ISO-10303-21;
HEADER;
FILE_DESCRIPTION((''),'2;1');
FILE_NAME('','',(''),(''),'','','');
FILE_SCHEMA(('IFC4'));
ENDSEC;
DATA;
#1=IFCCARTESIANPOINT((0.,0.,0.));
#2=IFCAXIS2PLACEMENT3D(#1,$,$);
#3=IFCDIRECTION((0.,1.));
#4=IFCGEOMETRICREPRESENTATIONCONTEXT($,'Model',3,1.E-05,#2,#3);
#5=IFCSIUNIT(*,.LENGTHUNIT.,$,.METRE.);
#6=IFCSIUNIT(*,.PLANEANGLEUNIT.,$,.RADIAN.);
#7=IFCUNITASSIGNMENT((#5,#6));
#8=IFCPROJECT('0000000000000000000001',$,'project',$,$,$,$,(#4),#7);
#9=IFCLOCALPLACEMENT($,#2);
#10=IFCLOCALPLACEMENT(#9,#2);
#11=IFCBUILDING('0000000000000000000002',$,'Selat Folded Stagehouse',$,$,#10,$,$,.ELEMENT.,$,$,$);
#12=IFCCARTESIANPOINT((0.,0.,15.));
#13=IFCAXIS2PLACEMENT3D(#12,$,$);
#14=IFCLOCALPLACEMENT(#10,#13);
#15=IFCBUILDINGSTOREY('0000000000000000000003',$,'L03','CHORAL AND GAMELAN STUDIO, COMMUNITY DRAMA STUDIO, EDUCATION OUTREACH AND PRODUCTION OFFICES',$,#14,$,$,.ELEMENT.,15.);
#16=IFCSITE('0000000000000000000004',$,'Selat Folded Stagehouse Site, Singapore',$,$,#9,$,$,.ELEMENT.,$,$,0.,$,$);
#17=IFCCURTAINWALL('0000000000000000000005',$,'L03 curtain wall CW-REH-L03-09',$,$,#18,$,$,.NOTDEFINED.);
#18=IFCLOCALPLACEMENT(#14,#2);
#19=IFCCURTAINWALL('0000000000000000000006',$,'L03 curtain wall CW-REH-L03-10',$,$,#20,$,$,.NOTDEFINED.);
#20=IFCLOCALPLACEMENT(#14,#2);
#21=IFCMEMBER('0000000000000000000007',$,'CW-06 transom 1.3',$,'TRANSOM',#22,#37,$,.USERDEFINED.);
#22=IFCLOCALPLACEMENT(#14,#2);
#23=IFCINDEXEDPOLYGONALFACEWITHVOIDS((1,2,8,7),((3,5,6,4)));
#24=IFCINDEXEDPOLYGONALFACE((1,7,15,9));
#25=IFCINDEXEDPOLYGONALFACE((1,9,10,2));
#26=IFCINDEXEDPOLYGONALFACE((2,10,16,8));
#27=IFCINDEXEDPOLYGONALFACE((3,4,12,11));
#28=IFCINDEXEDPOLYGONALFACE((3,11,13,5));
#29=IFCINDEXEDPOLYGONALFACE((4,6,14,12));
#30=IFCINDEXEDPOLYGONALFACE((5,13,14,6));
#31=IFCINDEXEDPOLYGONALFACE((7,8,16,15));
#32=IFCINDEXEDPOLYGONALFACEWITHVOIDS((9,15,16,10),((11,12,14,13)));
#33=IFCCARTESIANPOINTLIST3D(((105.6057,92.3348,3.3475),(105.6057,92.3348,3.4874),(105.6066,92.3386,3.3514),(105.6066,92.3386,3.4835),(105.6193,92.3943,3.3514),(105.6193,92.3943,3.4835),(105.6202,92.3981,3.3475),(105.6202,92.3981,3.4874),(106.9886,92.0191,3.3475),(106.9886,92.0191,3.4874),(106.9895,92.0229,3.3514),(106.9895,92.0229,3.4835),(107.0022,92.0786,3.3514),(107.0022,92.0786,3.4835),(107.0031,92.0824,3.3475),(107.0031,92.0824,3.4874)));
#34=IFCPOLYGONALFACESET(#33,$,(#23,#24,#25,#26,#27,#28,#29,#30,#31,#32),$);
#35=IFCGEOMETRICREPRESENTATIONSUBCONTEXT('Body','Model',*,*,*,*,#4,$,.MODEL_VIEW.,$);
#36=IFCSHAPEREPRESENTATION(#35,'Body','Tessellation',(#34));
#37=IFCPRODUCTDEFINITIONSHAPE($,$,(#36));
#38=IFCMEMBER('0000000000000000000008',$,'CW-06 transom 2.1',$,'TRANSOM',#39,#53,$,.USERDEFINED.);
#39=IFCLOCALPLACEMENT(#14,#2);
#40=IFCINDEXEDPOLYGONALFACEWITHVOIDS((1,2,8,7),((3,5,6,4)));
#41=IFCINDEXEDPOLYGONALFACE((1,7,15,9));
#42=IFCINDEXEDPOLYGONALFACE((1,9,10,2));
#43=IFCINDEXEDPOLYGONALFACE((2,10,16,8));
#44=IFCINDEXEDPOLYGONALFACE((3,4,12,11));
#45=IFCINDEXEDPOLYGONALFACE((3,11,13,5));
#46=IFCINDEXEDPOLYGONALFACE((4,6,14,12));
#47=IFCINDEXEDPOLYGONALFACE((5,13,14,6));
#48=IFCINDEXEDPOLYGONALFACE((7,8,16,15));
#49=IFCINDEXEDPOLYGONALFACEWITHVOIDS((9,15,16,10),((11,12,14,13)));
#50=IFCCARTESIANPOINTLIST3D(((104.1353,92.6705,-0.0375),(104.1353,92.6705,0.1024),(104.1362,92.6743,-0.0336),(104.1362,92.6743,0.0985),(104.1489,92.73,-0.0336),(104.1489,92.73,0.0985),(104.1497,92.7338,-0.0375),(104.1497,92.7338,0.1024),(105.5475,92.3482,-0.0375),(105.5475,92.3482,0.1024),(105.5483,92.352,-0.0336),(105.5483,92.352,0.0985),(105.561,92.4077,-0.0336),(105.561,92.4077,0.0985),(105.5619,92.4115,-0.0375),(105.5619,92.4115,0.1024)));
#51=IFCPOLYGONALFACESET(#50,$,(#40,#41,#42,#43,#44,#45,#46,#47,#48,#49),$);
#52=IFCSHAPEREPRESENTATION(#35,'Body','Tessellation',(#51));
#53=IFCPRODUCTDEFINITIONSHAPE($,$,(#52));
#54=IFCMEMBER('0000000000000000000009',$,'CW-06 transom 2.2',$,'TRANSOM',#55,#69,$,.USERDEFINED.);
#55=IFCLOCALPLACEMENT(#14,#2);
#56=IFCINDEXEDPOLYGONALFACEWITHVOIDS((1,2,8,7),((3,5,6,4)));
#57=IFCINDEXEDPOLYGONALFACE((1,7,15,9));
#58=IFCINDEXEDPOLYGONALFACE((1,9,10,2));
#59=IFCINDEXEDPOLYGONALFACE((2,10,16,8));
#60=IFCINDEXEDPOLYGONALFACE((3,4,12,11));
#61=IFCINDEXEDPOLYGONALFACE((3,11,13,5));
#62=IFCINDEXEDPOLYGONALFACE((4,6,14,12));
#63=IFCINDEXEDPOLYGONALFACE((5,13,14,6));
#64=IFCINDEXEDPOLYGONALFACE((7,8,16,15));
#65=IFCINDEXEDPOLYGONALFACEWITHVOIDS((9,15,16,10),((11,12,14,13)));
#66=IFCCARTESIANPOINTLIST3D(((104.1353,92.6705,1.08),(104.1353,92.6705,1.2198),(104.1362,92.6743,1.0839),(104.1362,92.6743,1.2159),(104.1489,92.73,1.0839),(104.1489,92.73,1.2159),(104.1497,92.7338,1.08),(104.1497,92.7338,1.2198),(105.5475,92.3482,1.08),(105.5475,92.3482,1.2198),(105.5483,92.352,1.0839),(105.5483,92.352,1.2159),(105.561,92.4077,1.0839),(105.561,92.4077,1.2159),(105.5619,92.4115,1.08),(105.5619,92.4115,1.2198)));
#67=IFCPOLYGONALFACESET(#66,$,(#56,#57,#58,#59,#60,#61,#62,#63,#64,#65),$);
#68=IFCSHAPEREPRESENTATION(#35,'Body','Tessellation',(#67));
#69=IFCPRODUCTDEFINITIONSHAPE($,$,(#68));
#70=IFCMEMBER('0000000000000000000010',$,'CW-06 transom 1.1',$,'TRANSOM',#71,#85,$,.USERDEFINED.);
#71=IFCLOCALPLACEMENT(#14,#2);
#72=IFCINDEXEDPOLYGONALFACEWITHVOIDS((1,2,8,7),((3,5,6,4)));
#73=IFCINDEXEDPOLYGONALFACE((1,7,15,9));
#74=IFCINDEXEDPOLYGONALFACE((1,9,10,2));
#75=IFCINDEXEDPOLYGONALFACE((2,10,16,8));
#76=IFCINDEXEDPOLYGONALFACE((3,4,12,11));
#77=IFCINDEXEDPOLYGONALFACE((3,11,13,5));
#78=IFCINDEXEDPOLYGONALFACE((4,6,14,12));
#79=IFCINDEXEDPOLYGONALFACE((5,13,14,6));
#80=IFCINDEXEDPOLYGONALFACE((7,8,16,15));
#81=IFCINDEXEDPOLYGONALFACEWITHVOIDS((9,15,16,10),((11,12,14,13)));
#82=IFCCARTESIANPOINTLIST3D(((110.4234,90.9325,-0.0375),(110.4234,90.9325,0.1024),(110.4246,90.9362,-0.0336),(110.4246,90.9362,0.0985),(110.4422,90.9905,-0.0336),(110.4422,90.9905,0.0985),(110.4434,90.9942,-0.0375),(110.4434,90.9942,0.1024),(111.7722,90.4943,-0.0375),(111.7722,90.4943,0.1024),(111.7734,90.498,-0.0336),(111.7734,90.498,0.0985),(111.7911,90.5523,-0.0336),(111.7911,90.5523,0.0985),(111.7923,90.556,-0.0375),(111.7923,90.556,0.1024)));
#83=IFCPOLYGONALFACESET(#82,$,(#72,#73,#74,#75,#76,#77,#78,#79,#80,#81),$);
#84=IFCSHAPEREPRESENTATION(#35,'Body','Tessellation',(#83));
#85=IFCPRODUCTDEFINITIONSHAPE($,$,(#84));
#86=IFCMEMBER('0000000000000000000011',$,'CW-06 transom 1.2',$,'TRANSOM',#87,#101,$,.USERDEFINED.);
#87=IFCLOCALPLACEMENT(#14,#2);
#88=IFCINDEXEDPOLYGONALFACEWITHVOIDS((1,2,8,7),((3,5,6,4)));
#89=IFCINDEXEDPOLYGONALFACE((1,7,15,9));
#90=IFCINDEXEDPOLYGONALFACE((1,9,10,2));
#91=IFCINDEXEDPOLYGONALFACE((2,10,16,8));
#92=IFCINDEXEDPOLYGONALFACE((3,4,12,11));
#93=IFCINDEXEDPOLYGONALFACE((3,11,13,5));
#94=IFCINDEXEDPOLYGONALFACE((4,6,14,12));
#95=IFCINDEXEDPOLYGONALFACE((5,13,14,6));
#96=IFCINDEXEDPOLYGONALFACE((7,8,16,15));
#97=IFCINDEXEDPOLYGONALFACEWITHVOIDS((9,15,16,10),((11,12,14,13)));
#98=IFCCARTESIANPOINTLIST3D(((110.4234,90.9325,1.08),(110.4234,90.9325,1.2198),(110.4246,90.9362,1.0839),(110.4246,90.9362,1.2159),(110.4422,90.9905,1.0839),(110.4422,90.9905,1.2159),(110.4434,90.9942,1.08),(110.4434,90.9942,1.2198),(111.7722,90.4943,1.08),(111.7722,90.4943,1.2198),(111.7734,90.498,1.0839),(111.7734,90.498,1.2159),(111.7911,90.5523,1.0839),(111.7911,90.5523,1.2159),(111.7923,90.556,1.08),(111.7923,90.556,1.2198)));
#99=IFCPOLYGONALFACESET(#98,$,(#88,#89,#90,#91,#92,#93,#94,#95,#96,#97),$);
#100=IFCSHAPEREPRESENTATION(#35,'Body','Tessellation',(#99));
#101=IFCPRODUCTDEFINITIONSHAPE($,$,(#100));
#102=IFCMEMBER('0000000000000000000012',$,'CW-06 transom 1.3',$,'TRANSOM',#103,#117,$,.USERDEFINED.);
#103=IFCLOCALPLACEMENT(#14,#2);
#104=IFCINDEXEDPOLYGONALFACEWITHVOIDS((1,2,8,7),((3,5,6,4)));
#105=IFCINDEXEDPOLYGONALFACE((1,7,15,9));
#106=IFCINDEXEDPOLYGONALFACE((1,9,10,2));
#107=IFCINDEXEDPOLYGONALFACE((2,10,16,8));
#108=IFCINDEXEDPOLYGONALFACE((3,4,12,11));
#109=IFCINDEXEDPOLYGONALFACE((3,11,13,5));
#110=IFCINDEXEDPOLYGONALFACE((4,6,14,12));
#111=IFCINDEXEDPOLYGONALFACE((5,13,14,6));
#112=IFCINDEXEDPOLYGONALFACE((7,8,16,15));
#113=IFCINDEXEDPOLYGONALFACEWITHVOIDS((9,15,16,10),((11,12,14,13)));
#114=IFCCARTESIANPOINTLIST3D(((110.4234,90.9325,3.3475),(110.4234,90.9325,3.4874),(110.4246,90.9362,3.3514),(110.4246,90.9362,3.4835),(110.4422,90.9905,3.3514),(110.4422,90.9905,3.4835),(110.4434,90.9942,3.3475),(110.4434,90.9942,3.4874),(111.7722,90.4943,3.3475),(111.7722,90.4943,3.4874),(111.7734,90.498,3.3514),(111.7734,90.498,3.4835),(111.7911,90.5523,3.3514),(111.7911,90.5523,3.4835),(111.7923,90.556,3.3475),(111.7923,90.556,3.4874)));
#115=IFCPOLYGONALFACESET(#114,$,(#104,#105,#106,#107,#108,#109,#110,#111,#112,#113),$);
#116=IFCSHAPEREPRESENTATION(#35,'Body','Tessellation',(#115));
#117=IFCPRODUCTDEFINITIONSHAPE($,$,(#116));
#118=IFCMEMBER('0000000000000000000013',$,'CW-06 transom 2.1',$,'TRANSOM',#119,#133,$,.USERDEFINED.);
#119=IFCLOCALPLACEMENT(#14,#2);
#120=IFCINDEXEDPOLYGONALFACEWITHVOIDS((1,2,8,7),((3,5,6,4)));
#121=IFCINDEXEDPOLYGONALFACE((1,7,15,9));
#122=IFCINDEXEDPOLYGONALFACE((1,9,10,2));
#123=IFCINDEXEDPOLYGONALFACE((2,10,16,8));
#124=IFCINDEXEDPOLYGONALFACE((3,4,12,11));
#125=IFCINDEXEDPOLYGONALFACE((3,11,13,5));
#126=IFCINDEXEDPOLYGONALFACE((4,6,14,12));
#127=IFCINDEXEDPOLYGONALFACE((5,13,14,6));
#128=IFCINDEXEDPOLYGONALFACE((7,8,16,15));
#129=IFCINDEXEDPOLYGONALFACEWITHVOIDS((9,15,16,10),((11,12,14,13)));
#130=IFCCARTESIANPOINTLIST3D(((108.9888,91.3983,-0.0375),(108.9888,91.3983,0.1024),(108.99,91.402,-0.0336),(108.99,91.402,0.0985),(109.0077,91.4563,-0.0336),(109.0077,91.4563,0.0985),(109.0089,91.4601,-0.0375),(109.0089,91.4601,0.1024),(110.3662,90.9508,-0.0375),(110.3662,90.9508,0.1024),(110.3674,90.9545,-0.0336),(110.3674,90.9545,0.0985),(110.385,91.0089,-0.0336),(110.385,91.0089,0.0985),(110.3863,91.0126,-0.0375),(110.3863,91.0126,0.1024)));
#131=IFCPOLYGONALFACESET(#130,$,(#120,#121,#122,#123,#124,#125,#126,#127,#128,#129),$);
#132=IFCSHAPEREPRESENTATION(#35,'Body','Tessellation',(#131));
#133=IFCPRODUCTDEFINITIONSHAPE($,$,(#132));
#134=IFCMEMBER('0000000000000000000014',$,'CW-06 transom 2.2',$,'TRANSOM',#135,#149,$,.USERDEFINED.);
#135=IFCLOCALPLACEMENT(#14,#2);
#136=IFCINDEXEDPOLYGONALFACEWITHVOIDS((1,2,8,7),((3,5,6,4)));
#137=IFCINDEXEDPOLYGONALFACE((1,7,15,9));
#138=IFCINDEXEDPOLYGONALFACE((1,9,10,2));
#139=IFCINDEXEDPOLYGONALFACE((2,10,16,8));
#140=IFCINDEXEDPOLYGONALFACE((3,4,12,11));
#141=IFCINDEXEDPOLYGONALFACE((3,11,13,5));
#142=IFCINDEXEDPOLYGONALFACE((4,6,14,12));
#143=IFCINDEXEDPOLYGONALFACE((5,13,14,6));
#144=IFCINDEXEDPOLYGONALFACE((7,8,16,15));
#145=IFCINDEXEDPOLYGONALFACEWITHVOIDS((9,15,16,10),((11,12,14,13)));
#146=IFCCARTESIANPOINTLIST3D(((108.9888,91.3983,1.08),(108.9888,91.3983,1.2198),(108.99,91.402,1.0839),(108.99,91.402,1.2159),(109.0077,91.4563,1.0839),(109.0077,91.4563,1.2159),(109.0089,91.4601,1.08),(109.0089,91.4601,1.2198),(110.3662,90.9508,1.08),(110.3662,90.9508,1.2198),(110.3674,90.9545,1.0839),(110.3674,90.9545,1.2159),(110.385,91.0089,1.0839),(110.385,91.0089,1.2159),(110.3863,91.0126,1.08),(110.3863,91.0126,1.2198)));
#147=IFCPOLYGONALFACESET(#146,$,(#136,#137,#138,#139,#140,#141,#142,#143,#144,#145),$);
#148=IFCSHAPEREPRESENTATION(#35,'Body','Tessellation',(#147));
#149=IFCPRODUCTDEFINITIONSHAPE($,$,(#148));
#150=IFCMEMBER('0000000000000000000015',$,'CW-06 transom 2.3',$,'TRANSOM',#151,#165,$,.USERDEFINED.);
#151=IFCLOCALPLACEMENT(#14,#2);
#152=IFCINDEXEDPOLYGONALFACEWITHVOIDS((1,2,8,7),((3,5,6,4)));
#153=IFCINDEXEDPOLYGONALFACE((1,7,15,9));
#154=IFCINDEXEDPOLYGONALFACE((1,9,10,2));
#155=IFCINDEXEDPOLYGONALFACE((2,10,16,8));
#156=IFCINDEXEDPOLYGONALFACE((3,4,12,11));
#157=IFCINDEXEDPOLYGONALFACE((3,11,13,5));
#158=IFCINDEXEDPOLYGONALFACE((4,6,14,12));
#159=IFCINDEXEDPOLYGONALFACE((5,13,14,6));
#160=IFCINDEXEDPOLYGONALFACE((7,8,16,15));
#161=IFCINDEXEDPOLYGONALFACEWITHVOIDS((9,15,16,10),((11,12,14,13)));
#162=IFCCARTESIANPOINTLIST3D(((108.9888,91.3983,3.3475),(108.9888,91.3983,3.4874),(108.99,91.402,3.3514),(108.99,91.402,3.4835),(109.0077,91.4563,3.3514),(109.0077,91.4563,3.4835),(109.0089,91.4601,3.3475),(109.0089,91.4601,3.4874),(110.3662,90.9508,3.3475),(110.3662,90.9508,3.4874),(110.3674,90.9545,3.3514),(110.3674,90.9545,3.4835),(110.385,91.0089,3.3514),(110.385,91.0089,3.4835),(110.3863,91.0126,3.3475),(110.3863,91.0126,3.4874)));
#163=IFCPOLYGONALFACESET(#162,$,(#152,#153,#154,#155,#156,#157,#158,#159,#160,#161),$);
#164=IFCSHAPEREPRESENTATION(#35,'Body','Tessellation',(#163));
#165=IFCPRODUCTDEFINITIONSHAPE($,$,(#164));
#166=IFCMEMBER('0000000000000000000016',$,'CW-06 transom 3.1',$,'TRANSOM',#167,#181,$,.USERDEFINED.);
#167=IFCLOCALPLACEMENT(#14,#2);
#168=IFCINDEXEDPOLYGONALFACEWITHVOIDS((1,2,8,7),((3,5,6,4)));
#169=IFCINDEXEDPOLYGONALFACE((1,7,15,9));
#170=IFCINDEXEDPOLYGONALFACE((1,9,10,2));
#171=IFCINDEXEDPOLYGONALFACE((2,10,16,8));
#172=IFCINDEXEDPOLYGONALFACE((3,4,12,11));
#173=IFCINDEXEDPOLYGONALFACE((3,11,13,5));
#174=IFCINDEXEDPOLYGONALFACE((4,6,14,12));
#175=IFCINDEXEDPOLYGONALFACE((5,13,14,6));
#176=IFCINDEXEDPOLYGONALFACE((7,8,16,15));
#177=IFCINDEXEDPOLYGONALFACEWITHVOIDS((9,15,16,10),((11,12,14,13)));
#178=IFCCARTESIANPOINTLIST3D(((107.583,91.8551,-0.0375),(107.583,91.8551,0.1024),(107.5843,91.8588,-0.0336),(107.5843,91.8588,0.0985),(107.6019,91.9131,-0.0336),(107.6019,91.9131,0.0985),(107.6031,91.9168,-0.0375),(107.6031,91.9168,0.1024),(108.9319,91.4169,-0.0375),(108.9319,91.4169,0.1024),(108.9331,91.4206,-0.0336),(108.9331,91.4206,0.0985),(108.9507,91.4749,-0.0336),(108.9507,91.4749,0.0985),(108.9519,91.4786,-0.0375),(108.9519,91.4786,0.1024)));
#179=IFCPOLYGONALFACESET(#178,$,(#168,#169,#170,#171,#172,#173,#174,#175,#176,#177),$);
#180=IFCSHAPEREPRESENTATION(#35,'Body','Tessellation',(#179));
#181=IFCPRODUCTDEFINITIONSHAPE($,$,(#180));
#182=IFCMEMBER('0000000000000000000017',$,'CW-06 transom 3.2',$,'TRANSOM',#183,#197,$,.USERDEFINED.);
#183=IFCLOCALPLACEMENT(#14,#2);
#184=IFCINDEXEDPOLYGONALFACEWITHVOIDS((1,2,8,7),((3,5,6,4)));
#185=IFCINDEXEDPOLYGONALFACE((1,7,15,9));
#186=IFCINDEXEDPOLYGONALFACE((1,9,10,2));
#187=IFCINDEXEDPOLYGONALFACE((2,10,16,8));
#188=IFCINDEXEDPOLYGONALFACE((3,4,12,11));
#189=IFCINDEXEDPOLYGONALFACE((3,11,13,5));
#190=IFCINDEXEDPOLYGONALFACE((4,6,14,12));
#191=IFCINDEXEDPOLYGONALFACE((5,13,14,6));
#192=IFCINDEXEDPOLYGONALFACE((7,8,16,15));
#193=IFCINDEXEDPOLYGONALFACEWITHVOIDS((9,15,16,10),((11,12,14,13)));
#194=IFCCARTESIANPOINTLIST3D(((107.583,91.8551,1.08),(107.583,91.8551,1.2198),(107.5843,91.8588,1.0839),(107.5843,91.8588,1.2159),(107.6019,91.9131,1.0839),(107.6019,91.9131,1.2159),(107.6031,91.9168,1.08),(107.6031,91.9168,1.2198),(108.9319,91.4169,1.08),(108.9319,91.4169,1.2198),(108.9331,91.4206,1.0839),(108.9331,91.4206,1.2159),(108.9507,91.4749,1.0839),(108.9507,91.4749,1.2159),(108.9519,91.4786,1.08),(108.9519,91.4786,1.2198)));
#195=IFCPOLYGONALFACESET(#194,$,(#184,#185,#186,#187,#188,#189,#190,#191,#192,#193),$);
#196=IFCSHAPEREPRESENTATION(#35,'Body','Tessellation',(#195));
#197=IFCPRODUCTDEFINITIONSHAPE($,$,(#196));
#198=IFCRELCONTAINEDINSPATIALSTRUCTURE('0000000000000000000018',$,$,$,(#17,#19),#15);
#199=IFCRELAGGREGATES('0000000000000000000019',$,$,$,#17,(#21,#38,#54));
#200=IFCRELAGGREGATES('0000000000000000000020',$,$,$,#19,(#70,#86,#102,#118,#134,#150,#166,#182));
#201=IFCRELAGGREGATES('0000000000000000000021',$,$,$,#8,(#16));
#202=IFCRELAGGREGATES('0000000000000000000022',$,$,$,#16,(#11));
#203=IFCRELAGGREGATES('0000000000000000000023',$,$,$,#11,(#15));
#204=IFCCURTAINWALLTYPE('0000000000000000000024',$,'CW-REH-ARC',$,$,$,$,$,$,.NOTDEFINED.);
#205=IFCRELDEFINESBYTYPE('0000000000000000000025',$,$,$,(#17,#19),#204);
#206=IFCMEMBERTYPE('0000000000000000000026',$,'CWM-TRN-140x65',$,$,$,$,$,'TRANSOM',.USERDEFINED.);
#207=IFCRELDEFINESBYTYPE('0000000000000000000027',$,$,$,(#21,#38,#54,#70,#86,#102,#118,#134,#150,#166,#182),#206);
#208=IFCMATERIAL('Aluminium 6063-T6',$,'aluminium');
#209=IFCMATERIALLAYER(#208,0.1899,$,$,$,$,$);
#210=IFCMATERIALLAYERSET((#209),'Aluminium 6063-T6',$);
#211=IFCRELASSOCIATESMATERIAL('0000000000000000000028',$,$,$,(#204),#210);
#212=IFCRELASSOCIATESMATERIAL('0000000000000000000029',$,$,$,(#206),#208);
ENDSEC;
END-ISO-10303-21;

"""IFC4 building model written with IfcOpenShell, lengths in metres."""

from ifc_helpers import new_model, si_unit, direction, frame, origin, origin_2d, place, context, subcontext, project, spatial, hollow_rectangle, extrude, material, layer, layer_set, material_profile, profile_set, type_object, element, aggregate, save


model = new_model("IFC4")

# Units and contexts
model_context = context("Model", 3, precision=1e-05, world=origin(), true_north=direction((0.0, 1.0)))
body_context = subcontext(model_context, "Body", "Model", "MODEL_VIEW")
ifc_project = project(units=[si_unit("LENGTHUNIT", "METRE"), si_unit("PLANEANGLEUNIT", "RADIAN")], contexts=[model_context])

# Site, building, storey
site_placement = place(None, origin())
site = spatial("IfcSite", under=ifc_project, at=site_placement, Name="Selat Folded Stagehouse Site, Singapore", CompositionType="ELEMENT", RefElevation=0.0)
building_placement = place(site_placement, origin())
building = spatial("IfcBuilding", under=site, at=building_placement, Name="Selat Folded Stagehouse", CompositionType="ELEMENT")
storey_placement = place(building_placement, frame((0.0, 0.0, 15.0)))
storey = spatial("IfcBuildingStorey", under=building, at=storey_placement, Name="L03", Description="CHORAL AND GAMELAN STUDIO, COMMUNITY DRAMA STUDIO, EDUCATION OUTREACH AND PRODUCTION OFFICES", CompositionType="ELEMENT", Elevation=15.0)

# Curtain walls
ifc_material_1 = material(Name="Aluminium 6063-T6", Category="aluminium")
ifc_layer_1 = layer(ifc_material_1, 0.1899)
ifc_layer_set_1 = layer_set([ifc_layer_1], Name="Aluminium 6063-T6")
curtain_wall_type = type_object("IfcCurtainWallType", Name="CW-REH-ARC", PredefinedType="NOTDEFINED", material=ifc_layer_set_1)
curtain_wall_1_placement = place(storey_placement, origin())
curtain_wall_1 = element("IfcCurtainWall", 1, at=curtain_wall_1_placement, inside=storey, type_object=curtain_wall_type, Name="L03 curtain wall CW-REH-L03-09", PredefinedType="NOTDEFINED")
curtain_wall_2_placement = place(storey_placement, origin())
curtain_wall_2 = element("IfcCurtainWall", 2, at=curtain_wall_2_placement, inside=storey, type_object=curtain_wall_type, Name="L03 curtain wall CW-REH-L03-10", PredefinedType="NOTDEFINED")

# Members
ifc_material_profile_1 = material_profile(ifc_material_1, hollow_rectangle(XDim=0.0649, YDim=0.1399, WallThickness=0.0039, at=origin_2d()), Name="ALU 140x65x4.0")
ifc_profile_set_1 = profile_set([ifc_material_profile_1], Name="Aluminium 6063-T6")
member_type_1 = type_object("IfcMemberType", Name="CWM-TRN-140x65", ElementType="TRANSOM", PredefinedType="USERDEFINED", material=ifc_profile_set_1)
member_1_placement = place(storey_placement, frame((106.9958, 92.0508, 3.4175), z_axis=(-0.974919, 0.222558, 0.0), x_axis=(-0.222558, -0.974919, 0.0)))
member_1 = element("IfcMember", 3, at=member_1_placement, type_object=member_type_1, Name="CW-06 transom 1.3", ObjectType="TRANSOM", PredefinedType="USERDEFINED", context=body_context, shape_type="SweptSolid", body=[
    extrude(hollow_rectangle(XDim=0.0649, YDim=0.1399, WallThickness=0.0039, at=origin_2d()), origin(), (0.0, 0.0, 1.0), 1.4185),
])
member_2_placement = place(storey_placement, frame((105.5547, 92.3799, 0.0325), z_axis=(-0.974934, 0.222495, 0.0), x_axis=(-0.222495, -0.974934, 0.0)))
member_2 = element("IfcMember", 4, at=member_2_placement, type_object=member_type_1, Name="CW-06 transom 2.1", ObjectType="TRANSOM", PredefinedType="USERDEFINED", context=body_context, shape_type="SweptSolid", body=[
    extrude(hollow_rectangle(XDim=0.0649, YDim=0.1399, WallThickness=0.0039, at=origin_2d()), origin(), (0.0, 0.0, 1.0), 1.4485),
])
member_3_placement = place(storey_placement, frame((105.5547, 92.3799, 1.1499), z_axis=(-0.974934, 0.222495, 0.0), x_axis=(-0.222495, -0.974934, 0.0)))
member_3 = element("IfcMember", 5, at=member_3_placement, type_object=member_type_1, Name="CW-06 transom 2.2", ObjectType="TRANSOM", PredefinedType="USERDEFINED", context=body_context, shape_type="SweptSolid", body=[
    extrude(hollow_rectangle(XDim=0.0649, YDim=0.1399, WallThickness=0.0039, at=origin_2d()), origin(), (0.0, 0.0, 1.0), 1.4485),
])
member_4_placement = place(storey_placement, frame((111.7822, 90.5251, 0.0325), z_axis=(-0.951066, 0.308989, 0.0), x_axis=(-0.308989, -0.951066, 0.0)))
member_4 = element("IfcMember", 6, at=member_4_placement, type_object=member_type_1, Name="CW-06 transom 1.1", ObjectType="TRANSOM", PredefinedType="USERDEFINED", context=body_context, shape_type="SweptSolid", body=[
    extrude(hollow_rectangle(XDim=0.0649, YDim=0.1399, WallThickness=0.0039, at=origin_2d()), origin(), (0.0, 0.0, 1.0), 1.4182),
])
member_5_placement = place(storey_placement, frame((111.7822, 90.5251, 1.1499), z_axis=(-0.951066, 0.308989, 0.0), x_axis=(-0.308989, -0.951066, 0.0)))
member_5 = element("IfcMember", 7, at=member_5_placement, type_object=member_type_1, Name="CW-06 transom 1.2", ObjectType="TRANSOM", PredefinedType="USERDEFINED", context=body_context, shape_type="SweptSolid", body=[
    extrude(hollow_rectangle(XDim=0.0649, YDim=0.1399, WallThickness=0.0039, at=origin_2d()), origin(), (0.0, 0.0, 1.0), 1.4182),
])
member_6_placement = place(storey_placement, frame((111.7822, 90.5251, 3.4175), z_axis=(-0.951066, 0.308989, 0.0), x_axis=(-0.308989, -0.951066, 0.0)))
member_6 = element("IfcMember", 8, at=member_6_placement, type_object=member_type_1, Name="CW-06 transom 1.3", ObjectType="TRANSOM", PredefinedType="USERDEFINED", context=body_context, shape_type="SweptSolid", body=[
    extrude(hollow_rectangle(XDim=0.0649, YDim=0.1399, WallThickness=0.0039, at=origin_2d()), origin(), (0.0, 0.0, 1.0), 1.4182),
])
member_7_placement = place(storey_placement, frame((110.3762, 90.9817, 0.0325), z_axis=(-0.951066, 0.308987, 0.0), x_axis=(-0.308987, -0.951066, 0.0)))
member_7 = element("IfcMember", 9, at=member_7_placement, type_object=member_type_1, Name="CW-06 transom 2.1", ObjectType="TRANSOM", PredefinedType="USERDEFINED", context=body_context, shape_type="SweptSolid", body=[
    extrude(hollow_rectangle(XDim=0.0649, YDim=0.1399, WallThickness=0.0039, at=origin_2d()), origin(), (0.0, 0.0, 1.0), 1.4482),
])
member_8_placement = place(storey_placement, frame((110.3762, 90.9817, 1.1499), z_axis=(-0.951066, 0.308987, 0.0), x_axis=(-0.308987, -0.951066, 0.0)))
member_8 = element("IfcMember", 10, at=member_8_placement, type_object=member_type_1, Name="CW-06 transom 2.2", ObjectType="TRANSOM", PredefinedType="USERDEFINED", context=body_context, shape_type="SweptSolid", body=[
    extrude(hollow_rectangle(XDim=0.0649, YDim=0.1399, WallThickness=0.0039, at=origin_2d()), origin(), (0.0, 0.0, 1.0), 1.4482),
])
member_9_placement = place(storey_placement, frame((110.3762, 90.9817, 3.4175), z_axis=(-0.951066, 0.308987, 0.0), x_axis=(-0.308987, -0.951066, 0.0)))
member_9 = element("IfcMember", 11, at=member_9_placement, type_object=member_type_1, Name="CW-06 transom 2.3", ObjectType="TRANSOM", PredefinedType="USERDEFINED", context=body_context, shape_type="SweptSolid", body=[
    extrude(hollow_rectangle(XDim=0.0649, YDim=0.1399, WallThickness=0.0039, at=origin_2d()), origin(), (0.0, 0.0, 1.0), 1.4482),
])
member_10_placement = place(storey_placement, frame((108.9419, 91.4478, 0.0325), z_axis=(-0.951066, 0.308989, 0.0), x_axis=(-0.308989, -0.951066, 0.0)))
member_10 = element("IfcMember", 12, at=member_10_placement, type_object=member_type_1, Name="CW-06 transom 3.1", ObjectType="TRANSOM", PredefinedType="USERDEFINED", context=body_context, shape_type="SweptSolid", body=[
    extrude(hollow_rectangle(XDim=0.0649, YDim=0.1399, WallThickness=0.0039, at=origin_2d()), origin(), (0.0, 0.0, 1.0), 1.4182),
])
member_11_placement = place(storey_placement, frame((108.9419, 91.4478, 1.1499), z_axis=(-0.951066, 0.308989, 0.0), x_axis=(-0.308989, -0.951066, 0.0)))
member_11 = element("IfcMember", 13, at=member_11_placement, type_object=member_type_1, Name="CW-06 transom 3.2", ObjectType="TRANSOM", PredefinedType="USERDEFINED", context=body_context, shape_type="SweptSolid", body=[
    extrude(hollow_rectangle(XDim=0.0649, YDim=0.1399, WallThickness=0.0039, at=origin_2d()), origin(), (0.0, 0.0, 1.0), 1.4182),
])

aggregate(curtain_wall_1, [member_1, member_2, member_3])
aggregate(curtain_wall_2, [member_4, member_5, member_6, member_7, member_8, member_9, member_10, member_11])

save(model, "model.ifc")
